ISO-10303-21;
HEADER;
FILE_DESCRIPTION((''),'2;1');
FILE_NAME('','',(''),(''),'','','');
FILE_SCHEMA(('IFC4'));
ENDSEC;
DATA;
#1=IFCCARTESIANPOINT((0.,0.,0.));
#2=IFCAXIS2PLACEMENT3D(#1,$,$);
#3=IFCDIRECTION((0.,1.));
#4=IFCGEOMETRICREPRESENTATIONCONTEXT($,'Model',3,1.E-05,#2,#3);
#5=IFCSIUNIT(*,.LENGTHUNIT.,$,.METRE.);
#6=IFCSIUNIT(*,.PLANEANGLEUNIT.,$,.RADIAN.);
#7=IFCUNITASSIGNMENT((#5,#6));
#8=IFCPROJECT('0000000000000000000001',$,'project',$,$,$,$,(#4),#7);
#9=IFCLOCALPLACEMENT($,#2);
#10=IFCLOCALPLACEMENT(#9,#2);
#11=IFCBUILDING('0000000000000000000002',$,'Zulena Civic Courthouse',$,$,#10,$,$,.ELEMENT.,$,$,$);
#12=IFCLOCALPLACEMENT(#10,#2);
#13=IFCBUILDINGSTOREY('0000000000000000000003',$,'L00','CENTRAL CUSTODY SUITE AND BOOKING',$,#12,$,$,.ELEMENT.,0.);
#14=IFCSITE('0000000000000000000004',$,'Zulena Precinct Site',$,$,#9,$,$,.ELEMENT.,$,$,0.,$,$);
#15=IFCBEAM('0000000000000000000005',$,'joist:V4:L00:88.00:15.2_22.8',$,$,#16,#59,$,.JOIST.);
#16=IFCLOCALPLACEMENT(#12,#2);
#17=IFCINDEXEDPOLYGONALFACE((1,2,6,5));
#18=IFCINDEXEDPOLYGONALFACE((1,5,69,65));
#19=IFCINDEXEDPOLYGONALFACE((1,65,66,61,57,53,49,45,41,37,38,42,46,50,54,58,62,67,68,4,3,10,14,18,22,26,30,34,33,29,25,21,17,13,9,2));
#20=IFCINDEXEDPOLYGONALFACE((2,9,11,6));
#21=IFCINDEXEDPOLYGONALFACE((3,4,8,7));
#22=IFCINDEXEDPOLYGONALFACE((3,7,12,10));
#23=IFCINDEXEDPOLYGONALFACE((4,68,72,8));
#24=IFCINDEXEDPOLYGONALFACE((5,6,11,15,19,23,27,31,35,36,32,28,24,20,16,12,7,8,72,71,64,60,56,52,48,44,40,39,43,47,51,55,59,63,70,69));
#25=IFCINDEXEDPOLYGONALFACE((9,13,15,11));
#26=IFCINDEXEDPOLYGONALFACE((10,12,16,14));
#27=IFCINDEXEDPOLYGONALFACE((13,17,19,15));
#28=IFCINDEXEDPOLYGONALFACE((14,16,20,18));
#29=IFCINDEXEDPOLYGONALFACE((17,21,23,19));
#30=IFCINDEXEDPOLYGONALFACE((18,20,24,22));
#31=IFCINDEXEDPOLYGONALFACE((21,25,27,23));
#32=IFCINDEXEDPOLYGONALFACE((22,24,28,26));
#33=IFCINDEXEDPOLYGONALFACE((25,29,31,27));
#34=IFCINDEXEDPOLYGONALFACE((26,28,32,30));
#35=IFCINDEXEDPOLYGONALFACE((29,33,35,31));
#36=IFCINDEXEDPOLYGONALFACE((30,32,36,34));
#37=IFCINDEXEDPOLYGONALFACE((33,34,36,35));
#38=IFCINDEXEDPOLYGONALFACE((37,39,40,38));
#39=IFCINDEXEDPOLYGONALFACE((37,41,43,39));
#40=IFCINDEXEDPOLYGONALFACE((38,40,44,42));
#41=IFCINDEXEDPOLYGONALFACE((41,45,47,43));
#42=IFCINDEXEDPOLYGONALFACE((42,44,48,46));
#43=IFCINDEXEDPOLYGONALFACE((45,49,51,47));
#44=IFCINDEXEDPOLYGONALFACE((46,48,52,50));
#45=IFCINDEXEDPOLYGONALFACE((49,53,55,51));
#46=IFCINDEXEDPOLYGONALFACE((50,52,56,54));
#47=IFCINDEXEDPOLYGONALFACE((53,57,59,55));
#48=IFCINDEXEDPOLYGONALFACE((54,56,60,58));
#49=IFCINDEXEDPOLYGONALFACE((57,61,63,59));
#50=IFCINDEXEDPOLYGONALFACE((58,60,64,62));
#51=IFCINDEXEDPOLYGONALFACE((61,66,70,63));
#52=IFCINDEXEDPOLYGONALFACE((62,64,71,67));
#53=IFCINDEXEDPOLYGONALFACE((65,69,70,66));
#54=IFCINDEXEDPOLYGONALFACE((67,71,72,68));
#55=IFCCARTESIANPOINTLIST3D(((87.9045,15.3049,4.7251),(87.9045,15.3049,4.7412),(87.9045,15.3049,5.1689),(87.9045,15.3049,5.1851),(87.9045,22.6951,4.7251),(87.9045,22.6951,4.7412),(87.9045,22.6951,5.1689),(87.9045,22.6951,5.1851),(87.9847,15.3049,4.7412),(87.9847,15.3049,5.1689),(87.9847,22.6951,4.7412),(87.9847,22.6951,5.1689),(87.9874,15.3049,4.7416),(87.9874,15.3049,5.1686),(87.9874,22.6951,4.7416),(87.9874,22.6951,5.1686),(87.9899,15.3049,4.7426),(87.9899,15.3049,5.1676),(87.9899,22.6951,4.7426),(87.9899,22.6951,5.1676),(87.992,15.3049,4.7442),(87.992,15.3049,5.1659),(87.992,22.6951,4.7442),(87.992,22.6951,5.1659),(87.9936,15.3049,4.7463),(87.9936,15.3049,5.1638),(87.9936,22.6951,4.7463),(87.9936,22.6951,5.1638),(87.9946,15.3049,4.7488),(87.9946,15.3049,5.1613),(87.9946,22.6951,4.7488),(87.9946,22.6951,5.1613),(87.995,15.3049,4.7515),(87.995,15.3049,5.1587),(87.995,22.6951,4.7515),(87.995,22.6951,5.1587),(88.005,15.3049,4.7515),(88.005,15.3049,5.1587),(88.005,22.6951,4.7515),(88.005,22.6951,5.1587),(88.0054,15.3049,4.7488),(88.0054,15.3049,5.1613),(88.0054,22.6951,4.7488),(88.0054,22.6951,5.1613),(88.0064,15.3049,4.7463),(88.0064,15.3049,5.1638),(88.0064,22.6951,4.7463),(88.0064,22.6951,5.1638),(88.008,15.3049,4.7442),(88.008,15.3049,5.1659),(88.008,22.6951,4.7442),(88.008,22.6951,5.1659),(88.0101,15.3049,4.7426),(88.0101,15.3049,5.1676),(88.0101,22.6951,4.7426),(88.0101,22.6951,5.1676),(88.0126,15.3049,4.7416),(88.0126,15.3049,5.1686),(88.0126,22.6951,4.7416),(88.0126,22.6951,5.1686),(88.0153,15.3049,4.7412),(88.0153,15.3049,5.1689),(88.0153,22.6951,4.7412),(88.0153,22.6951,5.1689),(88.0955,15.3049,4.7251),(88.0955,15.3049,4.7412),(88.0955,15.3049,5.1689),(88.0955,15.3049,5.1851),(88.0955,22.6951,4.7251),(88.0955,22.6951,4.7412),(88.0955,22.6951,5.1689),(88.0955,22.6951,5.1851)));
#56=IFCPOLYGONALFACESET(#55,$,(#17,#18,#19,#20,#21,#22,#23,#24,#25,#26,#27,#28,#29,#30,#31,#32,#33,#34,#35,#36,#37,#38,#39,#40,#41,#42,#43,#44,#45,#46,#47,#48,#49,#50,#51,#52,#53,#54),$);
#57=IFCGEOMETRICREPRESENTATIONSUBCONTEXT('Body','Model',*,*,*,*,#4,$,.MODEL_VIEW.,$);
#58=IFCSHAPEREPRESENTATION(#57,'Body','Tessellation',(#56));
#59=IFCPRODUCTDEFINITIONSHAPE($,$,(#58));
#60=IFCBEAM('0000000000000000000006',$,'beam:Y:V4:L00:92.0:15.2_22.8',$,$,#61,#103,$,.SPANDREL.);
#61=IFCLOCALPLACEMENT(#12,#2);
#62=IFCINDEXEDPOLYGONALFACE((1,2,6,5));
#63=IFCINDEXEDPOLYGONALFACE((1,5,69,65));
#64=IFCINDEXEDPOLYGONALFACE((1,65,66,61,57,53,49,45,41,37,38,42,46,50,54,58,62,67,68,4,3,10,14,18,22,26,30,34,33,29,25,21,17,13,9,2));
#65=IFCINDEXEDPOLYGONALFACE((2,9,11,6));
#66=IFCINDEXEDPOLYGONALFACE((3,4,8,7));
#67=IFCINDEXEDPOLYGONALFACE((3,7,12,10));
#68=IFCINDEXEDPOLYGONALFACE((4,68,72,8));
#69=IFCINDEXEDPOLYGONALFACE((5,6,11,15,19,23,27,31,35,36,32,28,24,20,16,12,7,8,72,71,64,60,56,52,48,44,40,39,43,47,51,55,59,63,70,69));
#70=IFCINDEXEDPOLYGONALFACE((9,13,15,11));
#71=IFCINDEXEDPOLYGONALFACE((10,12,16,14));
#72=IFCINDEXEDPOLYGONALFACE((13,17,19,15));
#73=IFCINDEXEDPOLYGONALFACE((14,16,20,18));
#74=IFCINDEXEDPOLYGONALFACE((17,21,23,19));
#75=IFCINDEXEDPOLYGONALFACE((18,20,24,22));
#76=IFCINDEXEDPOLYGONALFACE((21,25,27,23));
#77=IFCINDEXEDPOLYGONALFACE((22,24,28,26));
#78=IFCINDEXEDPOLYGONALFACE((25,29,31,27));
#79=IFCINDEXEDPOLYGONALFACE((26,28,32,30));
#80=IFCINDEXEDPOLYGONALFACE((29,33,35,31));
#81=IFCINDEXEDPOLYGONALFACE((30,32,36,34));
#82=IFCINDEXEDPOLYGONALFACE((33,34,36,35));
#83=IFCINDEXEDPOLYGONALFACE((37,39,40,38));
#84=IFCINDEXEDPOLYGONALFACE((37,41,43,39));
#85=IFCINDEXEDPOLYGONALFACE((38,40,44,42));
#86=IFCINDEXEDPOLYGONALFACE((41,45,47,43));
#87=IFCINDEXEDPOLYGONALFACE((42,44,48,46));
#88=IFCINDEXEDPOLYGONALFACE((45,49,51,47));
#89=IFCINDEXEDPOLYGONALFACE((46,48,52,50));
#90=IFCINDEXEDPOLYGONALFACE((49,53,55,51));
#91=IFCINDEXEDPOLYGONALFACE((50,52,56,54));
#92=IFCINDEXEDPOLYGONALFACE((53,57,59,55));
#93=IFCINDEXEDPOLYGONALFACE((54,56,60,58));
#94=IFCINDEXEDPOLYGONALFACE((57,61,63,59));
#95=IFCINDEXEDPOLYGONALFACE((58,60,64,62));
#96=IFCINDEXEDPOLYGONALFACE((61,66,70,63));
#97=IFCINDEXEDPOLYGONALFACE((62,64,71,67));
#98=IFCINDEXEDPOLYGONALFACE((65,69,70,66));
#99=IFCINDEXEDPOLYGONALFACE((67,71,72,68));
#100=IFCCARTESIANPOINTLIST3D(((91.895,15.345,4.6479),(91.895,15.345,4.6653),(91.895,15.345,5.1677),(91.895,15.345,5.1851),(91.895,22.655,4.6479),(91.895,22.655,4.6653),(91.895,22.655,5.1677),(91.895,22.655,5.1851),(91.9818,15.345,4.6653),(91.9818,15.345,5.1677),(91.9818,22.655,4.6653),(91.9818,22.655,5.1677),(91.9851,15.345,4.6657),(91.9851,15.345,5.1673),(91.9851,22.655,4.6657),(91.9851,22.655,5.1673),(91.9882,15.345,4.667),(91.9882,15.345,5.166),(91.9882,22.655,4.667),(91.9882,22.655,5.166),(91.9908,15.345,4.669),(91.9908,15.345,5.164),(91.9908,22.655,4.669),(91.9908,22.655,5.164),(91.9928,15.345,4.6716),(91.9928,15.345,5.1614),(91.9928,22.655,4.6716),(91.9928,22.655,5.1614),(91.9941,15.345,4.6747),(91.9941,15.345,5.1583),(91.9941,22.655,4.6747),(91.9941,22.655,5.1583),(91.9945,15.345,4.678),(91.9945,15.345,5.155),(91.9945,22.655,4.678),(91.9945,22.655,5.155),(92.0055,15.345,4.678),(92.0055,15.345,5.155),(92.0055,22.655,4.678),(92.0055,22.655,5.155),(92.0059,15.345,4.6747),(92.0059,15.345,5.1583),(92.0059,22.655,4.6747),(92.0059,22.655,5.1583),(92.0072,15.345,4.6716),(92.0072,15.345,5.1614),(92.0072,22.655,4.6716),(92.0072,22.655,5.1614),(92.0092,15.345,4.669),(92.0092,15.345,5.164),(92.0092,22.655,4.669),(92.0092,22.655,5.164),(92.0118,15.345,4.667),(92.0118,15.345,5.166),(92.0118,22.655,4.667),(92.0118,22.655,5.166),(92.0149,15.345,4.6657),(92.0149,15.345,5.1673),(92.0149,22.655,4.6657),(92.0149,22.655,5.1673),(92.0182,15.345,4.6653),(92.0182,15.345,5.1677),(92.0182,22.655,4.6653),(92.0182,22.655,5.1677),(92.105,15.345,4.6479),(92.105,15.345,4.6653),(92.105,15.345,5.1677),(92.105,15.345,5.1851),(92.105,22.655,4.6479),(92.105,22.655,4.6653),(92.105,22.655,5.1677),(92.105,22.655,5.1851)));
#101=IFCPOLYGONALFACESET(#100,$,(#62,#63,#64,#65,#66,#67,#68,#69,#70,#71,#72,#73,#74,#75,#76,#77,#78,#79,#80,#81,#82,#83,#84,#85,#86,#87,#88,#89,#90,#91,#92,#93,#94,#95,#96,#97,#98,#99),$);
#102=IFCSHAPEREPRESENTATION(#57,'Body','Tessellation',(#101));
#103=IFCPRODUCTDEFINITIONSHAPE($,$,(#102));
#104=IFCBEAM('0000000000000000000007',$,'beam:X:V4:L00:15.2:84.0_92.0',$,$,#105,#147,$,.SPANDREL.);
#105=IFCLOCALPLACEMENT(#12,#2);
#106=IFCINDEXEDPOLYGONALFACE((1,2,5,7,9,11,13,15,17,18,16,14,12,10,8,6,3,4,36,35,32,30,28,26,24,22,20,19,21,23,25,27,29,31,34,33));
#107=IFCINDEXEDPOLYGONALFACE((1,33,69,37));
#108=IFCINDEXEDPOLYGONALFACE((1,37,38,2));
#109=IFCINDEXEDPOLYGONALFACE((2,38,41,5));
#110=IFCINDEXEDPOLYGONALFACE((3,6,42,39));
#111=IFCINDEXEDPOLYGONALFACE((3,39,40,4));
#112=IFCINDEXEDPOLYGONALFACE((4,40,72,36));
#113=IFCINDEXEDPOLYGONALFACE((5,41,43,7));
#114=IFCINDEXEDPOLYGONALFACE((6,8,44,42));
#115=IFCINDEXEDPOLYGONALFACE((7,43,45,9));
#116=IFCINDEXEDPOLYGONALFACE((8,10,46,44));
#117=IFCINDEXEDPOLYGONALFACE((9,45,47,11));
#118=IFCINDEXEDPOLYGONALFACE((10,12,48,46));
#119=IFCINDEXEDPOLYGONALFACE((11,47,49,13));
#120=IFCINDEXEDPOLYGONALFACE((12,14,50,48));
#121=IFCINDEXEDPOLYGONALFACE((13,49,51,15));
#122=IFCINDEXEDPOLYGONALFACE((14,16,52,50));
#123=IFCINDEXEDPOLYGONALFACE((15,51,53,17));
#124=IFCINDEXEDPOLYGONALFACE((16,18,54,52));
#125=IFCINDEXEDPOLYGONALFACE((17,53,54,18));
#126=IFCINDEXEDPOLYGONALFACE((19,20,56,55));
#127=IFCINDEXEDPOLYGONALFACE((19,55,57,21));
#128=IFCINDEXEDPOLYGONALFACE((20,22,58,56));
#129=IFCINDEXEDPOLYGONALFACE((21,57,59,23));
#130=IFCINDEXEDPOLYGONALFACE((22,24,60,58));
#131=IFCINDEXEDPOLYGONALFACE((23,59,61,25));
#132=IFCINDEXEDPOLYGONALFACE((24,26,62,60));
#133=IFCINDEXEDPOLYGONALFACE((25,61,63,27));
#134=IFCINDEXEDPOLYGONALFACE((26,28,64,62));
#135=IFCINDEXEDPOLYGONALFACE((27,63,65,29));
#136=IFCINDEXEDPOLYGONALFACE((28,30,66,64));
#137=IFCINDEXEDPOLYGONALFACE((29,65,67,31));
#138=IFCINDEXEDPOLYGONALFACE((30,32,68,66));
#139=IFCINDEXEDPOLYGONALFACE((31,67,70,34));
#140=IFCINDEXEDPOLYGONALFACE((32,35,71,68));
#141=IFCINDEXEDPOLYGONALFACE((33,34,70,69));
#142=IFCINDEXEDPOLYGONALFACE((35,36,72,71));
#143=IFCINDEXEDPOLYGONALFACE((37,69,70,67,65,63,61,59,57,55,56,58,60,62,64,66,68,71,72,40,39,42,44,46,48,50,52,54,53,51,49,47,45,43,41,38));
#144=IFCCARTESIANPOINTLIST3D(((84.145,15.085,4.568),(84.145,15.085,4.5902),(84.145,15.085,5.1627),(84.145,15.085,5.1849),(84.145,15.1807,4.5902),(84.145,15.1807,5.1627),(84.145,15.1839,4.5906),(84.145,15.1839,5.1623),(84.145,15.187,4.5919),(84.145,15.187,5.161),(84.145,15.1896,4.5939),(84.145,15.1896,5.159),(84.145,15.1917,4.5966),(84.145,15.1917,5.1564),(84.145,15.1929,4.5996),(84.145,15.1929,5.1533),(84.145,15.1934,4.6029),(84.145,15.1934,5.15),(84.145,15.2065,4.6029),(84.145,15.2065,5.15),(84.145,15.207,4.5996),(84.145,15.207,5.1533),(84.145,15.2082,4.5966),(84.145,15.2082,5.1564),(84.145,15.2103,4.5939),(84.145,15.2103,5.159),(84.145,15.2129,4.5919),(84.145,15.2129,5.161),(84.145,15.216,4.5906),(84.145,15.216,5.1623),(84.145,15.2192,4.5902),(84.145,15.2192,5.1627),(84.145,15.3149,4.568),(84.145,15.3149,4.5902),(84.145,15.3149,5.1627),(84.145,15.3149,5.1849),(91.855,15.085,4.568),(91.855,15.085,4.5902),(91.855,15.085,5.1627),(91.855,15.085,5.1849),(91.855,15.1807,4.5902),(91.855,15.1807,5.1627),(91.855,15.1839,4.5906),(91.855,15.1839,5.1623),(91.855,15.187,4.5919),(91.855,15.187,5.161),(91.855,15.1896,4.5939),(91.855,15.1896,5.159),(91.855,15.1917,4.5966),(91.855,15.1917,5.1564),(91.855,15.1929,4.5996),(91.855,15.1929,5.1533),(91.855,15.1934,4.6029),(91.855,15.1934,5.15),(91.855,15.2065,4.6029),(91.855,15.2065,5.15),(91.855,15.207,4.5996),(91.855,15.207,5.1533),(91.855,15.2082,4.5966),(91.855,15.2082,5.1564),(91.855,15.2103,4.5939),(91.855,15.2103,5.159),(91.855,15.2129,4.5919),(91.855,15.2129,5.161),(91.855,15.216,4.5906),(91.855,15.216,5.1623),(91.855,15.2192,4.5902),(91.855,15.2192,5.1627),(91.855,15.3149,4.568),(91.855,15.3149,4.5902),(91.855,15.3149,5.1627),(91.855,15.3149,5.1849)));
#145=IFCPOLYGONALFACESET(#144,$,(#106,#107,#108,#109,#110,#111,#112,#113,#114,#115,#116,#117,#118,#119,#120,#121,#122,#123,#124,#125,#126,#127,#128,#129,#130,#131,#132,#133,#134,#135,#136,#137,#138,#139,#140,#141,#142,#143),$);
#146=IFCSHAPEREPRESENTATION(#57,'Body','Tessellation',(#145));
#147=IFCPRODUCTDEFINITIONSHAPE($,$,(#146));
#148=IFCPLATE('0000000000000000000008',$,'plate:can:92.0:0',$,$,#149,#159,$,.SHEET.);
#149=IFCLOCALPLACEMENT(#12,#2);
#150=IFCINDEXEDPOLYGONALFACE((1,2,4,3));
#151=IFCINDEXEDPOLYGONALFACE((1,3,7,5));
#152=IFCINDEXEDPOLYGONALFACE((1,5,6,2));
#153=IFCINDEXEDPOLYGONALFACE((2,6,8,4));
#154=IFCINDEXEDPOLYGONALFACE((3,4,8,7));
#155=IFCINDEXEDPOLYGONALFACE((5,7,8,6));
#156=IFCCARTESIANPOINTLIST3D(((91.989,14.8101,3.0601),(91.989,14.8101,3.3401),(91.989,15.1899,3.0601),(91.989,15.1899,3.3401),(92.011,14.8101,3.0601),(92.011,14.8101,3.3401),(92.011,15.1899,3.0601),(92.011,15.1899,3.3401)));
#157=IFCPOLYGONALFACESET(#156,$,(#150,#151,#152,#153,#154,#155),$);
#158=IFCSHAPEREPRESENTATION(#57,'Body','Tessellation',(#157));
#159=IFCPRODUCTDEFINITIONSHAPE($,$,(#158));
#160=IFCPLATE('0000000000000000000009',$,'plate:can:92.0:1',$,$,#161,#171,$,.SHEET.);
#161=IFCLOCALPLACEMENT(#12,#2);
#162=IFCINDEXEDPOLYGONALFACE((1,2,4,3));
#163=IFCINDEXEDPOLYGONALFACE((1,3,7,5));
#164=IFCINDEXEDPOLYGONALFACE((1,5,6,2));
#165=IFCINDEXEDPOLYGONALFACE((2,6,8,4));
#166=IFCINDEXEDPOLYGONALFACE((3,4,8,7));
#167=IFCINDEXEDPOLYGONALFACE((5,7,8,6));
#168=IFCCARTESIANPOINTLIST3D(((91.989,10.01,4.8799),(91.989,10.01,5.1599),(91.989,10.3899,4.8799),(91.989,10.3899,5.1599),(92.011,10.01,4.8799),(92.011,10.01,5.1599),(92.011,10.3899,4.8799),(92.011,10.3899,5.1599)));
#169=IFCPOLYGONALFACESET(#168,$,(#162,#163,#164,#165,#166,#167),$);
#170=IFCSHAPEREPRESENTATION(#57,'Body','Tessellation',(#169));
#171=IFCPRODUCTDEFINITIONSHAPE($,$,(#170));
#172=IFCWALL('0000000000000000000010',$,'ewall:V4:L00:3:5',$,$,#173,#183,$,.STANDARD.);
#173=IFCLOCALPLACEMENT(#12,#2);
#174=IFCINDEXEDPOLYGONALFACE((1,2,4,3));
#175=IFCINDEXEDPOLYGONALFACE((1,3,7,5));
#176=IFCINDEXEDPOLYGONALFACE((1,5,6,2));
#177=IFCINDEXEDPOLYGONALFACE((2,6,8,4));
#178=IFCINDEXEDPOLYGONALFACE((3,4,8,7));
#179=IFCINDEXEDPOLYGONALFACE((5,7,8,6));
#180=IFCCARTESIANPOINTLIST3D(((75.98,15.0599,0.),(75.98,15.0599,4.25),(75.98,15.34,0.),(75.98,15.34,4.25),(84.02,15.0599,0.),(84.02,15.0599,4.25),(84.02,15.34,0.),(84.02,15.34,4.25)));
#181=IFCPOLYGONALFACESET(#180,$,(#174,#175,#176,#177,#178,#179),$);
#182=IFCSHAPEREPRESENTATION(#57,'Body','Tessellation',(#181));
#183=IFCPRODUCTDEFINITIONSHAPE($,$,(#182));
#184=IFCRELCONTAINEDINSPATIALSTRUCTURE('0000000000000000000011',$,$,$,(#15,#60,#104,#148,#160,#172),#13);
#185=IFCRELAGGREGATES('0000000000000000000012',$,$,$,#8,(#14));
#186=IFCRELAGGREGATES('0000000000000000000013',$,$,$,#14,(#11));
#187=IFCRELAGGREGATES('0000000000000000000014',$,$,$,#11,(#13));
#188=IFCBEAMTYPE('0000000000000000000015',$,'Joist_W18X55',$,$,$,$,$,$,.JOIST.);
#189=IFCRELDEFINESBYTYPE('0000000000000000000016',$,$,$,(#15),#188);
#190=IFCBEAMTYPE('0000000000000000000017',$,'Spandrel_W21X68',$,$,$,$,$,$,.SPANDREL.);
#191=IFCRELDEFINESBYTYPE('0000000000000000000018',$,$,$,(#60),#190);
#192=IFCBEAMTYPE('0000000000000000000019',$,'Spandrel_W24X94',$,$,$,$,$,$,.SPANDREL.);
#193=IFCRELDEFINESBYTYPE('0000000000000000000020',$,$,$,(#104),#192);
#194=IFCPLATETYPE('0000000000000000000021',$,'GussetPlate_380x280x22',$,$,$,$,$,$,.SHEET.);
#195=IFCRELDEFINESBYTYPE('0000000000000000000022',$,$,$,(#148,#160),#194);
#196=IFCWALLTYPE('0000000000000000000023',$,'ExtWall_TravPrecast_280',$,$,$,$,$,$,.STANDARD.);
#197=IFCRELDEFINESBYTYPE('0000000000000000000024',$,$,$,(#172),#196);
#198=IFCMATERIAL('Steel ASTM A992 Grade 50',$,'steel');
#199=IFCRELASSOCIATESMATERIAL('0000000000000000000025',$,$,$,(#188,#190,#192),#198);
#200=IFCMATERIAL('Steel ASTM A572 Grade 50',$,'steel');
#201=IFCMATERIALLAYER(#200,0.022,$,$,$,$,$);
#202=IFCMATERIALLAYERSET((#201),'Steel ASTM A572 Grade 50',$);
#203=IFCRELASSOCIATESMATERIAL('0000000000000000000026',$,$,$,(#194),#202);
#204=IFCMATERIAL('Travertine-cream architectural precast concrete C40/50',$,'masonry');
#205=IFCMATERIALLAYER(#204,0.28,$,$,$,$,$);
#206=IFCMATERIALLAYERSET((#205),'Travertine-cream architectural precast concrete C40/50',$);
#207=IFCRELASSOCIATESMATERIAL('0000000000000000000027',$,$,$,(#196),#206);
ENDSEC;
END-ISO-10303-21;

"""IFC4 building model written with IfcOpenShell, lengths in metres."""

from ifc_helpers import new_model, si_unit, direction, frame, frame_2d, origin, origin_2d, place, context, subcontext, project, spatial, rectangle, i_section, extrude, material, layer, layer_set, material_profile, profile_set, type_object, element, save


model = new_model("IFC4")

# Units and contexts
model_context = context("Model", 3, precision=1e-05, world=origin(), true_north=direction((0.0, 1.0)))
body_context = subcontext(model_context, "Body", "Model", "MODEL_VIEW")
ifc_project = project(units=[si_unit("LENGTHUNIT", "METRE"), si_unit("PLANEANGLEUNIT", "RADIAN")], contexts=[model_context])

# Site, building, storey
site_placement = place(None, origin())
site = spatial("IfcSite", under=ifc_project, at=site_placement, Name="Zulena Precinct Site", CompositionType="ELEMENT", RefElevation=0.0)
building_placement = place(site_placement, origin())
building = spatial("IfcBuilding", under=site, at=building_placement, Name="Zulena Civic Courthouse", CompositionType="ELEMENT")
storey_placement = place(building_placement, origin())
storey = spatial("IfcBuildingStorey", under=building, at=storey_placement, Name="L00", Description="CENTRAL CUSTODY SUITE AND BOOKING", CompositionType="ELEMENT", Elevation=0.0)

# Shared definitions
ifc_material_1 = material(Name="Steel ASTM A992 Grade 50", Category="steel")

# Beams
ifc_material_profile_1 = material_profile(ifc_material_1, i_section(OverallWidth=0.1909, OverallDepth=0.46, WebThickness=0.01, FlangeThickness=0.0161, FilletRadius=0.0103, at=origin_2d()), Name="W18X55")
ifc_profile_set_1 = profile_set([ifc_material_profile_1], Name="Steel ASTM A992 Grade 50")
beam_type_1 = type_object("IfcBeamType", Name="Joist_W18X55", PredefinedType="JOIST", material=ifc_profile_set_1)
beam_1_placement = place(storey_placement, frame((88.0, 15.3049, 4.9551), z_axis=(0.0, 1.0, 0.0), x_axis=(-1.0, 0.0, 0.0)))
element("IfcBeam", 1, at=beam_1_placement, inside=storey, type_object=beam_type_1, Name="joist:V4:L00:88.00:15.2_22.8", PredefinedType="JOIST", context=body_context, shape_type="SweptSolid", body=[
    extrude(i_section(OverallWidth=0.1909, OverallDepth=0.46, WebThickness=0.01, FlangeThickness=0.0161, FilletRadius=0.0103, at=origin_2d()), origin(), (0.0, 0.0, 1.0), 7.3901),
])
ifc_material_profile_2 = material_profile(ifc_material_1, i_section(OverallWidth=0.21, OverallDepth=0.5371, WebThickness=0.011, FlangeThickness=0.0173, FilletRadius=0.0127, at=origin_2d()), Name="W21X68")
ifc_profile_set_2 = profile_set([ifc_material_profile_2], Name="Steel ASTM A992 Grade 50")
beam_type_2 = type_object("IfcBeamType", Name="Spandrel_W21X68", PredefinedType="SPANDREL", material=ifc_profile_set_2)
beam_2_placement = place(storey_placement, frame((92.0, 15.345, 4.9165), z_axis=(0.0, 1.0, 0.0), x_axis=(-1.0, 0.0, 0.0)))
element("IfcBeam", 2, at=beam_2_placement, inside=storey, type_object=beam_type_2, Name="beam:Y:V4:L00:92.0:15.2_22.8", PredefinedType="SPANDREL", context=body_context, shape_type="SweptSolid", body=[
    extrude(i_section(OverallWidth=0.21, OverallDepth=0.5371, WebThickness=0.011, FlangeThickness=0.0173, FilletRadius=0.0127, at=origin_2d()), origin(), (0.0, 0.0, 1.0), 7.3101),
])
ifc_material_profile_3 = material_profile(ifc_material_1, i_section(OverallWidth=0.23, OverallDepth=0.6169, WebThickness=0.0132, FlangeThickness=0.0222, FilletRadius=0.0127, at=origin_2d()), Name="W24X94")
ifc_profile_set_3 = profile_set([ifc_material_profile_3], Name="Steel ASTM A992 Grade 50")
beam_type_3 = type_object("IfcBeamType", Name="Spandrel_W24X94", PredefinedType="SPANDREL", material=ifc_profile_set_3)
beam_3_placement = place(storey_placement, frame((84.145, 15.2, 4.8765), z_axis=(1.0, 0.0, 0.0), x_axis=(0.0, 1.0, 0.0)))
element("IfcBeam", 3, at=beam_3_placement, inside=storey, type_object=beam_type_3, Name="beam:X:V4:L00:15.2:84.0_92.0", PredefinedType="SPANDREL", context=body_context, shape_type="SweptSolid", body=[
    extrude(i_section(OverallWidth=0.23, OverallDepth=0.6169, WebThickness=0.0132, FlangeThickness=0.0222, FilletRadius=0.0127, at=origin_2d()), origin(), (0.0, 0.0, 1.0), 7.71),
])

# Plates
ifc_material_2 = material(Name="Steel ASTM A572 Grade 50", Category="steel")
ifc_layer_1 = layer(ifc_material_2, 0.022)
ifc_layer_set_1 = layer_set([ifc_layer_1], Name="Steel ASTM A572 Grade 50")
plate_type = type_object("IfcPlateType", Name="GussetPlate_380x280x22", PredefinedType="SHEET", material=ifc_layer_set_1)
for number, where, z_axis, x_axis, name in (
    (4, (92.0, 15.0, 3.0601), (0.0, 0.0, 1.0), (1.0, 0.0, 0.0), "plate:can:92.0:0"),
    (5, (92.0, 10.2, 4.8799), (0.0, 0.0, 1.0), (1.0, 0.0, 0.0), "plate:can:92.0:1"),
):
    element("IfcPlate", number, at=place(storey_placement, frame(where, z_axis=z_axis, x_axis=x_axis)), inside=storey, type_object=plate_type, Name=name, PredefinedType="SHEET", context=body_context, shape_type="SweptSolid", body=[
        extrude(rectangle(XDim=0.022, YDim=0.3799, at=origin_2d()), origin(), (0.0, 0.0, 1.0), 0.28),
    ])

# Wall
ifc_material_3 = material(Name="Travertine-cream architectural precast concrete C40/50", Category="masonry")
ifc_layer_2 = layer(ifc_material_3, 0.28)
ifc_layer_set_2 = layer_set([ifc_layer_2], Name="Travertine-cream architectural precast concrete C40/50")
wall_type_1 = type_object("IfcWallType", Name="ExtWall_TravPrecast_280", PredefinedType="STANDARD", material=ifc_layer_set_2)
wall_1_placement = place(storey_placement, frame((84.02, 15.2, 0.0), z_axis=(0.0, 0.0, 1.0), x_axis=(-1.0, 0.0, 0.0)))
element("IfcWall", 6, at=wall_1_placement, inside=storey, type_object=wall_type_1, Name="ewall:V4:L00:3:5", PredefinedType="STANDARD", context=body_context, shape_type="SweptSolid", body=[
    extrude(rectangle(XDim=8.04, YDim=0.28, at=frame_2d((4.02, 0.0))), origin(), (0.0, 0.0, 1.0), 4.25),
])

save(model, "model.ifc")
